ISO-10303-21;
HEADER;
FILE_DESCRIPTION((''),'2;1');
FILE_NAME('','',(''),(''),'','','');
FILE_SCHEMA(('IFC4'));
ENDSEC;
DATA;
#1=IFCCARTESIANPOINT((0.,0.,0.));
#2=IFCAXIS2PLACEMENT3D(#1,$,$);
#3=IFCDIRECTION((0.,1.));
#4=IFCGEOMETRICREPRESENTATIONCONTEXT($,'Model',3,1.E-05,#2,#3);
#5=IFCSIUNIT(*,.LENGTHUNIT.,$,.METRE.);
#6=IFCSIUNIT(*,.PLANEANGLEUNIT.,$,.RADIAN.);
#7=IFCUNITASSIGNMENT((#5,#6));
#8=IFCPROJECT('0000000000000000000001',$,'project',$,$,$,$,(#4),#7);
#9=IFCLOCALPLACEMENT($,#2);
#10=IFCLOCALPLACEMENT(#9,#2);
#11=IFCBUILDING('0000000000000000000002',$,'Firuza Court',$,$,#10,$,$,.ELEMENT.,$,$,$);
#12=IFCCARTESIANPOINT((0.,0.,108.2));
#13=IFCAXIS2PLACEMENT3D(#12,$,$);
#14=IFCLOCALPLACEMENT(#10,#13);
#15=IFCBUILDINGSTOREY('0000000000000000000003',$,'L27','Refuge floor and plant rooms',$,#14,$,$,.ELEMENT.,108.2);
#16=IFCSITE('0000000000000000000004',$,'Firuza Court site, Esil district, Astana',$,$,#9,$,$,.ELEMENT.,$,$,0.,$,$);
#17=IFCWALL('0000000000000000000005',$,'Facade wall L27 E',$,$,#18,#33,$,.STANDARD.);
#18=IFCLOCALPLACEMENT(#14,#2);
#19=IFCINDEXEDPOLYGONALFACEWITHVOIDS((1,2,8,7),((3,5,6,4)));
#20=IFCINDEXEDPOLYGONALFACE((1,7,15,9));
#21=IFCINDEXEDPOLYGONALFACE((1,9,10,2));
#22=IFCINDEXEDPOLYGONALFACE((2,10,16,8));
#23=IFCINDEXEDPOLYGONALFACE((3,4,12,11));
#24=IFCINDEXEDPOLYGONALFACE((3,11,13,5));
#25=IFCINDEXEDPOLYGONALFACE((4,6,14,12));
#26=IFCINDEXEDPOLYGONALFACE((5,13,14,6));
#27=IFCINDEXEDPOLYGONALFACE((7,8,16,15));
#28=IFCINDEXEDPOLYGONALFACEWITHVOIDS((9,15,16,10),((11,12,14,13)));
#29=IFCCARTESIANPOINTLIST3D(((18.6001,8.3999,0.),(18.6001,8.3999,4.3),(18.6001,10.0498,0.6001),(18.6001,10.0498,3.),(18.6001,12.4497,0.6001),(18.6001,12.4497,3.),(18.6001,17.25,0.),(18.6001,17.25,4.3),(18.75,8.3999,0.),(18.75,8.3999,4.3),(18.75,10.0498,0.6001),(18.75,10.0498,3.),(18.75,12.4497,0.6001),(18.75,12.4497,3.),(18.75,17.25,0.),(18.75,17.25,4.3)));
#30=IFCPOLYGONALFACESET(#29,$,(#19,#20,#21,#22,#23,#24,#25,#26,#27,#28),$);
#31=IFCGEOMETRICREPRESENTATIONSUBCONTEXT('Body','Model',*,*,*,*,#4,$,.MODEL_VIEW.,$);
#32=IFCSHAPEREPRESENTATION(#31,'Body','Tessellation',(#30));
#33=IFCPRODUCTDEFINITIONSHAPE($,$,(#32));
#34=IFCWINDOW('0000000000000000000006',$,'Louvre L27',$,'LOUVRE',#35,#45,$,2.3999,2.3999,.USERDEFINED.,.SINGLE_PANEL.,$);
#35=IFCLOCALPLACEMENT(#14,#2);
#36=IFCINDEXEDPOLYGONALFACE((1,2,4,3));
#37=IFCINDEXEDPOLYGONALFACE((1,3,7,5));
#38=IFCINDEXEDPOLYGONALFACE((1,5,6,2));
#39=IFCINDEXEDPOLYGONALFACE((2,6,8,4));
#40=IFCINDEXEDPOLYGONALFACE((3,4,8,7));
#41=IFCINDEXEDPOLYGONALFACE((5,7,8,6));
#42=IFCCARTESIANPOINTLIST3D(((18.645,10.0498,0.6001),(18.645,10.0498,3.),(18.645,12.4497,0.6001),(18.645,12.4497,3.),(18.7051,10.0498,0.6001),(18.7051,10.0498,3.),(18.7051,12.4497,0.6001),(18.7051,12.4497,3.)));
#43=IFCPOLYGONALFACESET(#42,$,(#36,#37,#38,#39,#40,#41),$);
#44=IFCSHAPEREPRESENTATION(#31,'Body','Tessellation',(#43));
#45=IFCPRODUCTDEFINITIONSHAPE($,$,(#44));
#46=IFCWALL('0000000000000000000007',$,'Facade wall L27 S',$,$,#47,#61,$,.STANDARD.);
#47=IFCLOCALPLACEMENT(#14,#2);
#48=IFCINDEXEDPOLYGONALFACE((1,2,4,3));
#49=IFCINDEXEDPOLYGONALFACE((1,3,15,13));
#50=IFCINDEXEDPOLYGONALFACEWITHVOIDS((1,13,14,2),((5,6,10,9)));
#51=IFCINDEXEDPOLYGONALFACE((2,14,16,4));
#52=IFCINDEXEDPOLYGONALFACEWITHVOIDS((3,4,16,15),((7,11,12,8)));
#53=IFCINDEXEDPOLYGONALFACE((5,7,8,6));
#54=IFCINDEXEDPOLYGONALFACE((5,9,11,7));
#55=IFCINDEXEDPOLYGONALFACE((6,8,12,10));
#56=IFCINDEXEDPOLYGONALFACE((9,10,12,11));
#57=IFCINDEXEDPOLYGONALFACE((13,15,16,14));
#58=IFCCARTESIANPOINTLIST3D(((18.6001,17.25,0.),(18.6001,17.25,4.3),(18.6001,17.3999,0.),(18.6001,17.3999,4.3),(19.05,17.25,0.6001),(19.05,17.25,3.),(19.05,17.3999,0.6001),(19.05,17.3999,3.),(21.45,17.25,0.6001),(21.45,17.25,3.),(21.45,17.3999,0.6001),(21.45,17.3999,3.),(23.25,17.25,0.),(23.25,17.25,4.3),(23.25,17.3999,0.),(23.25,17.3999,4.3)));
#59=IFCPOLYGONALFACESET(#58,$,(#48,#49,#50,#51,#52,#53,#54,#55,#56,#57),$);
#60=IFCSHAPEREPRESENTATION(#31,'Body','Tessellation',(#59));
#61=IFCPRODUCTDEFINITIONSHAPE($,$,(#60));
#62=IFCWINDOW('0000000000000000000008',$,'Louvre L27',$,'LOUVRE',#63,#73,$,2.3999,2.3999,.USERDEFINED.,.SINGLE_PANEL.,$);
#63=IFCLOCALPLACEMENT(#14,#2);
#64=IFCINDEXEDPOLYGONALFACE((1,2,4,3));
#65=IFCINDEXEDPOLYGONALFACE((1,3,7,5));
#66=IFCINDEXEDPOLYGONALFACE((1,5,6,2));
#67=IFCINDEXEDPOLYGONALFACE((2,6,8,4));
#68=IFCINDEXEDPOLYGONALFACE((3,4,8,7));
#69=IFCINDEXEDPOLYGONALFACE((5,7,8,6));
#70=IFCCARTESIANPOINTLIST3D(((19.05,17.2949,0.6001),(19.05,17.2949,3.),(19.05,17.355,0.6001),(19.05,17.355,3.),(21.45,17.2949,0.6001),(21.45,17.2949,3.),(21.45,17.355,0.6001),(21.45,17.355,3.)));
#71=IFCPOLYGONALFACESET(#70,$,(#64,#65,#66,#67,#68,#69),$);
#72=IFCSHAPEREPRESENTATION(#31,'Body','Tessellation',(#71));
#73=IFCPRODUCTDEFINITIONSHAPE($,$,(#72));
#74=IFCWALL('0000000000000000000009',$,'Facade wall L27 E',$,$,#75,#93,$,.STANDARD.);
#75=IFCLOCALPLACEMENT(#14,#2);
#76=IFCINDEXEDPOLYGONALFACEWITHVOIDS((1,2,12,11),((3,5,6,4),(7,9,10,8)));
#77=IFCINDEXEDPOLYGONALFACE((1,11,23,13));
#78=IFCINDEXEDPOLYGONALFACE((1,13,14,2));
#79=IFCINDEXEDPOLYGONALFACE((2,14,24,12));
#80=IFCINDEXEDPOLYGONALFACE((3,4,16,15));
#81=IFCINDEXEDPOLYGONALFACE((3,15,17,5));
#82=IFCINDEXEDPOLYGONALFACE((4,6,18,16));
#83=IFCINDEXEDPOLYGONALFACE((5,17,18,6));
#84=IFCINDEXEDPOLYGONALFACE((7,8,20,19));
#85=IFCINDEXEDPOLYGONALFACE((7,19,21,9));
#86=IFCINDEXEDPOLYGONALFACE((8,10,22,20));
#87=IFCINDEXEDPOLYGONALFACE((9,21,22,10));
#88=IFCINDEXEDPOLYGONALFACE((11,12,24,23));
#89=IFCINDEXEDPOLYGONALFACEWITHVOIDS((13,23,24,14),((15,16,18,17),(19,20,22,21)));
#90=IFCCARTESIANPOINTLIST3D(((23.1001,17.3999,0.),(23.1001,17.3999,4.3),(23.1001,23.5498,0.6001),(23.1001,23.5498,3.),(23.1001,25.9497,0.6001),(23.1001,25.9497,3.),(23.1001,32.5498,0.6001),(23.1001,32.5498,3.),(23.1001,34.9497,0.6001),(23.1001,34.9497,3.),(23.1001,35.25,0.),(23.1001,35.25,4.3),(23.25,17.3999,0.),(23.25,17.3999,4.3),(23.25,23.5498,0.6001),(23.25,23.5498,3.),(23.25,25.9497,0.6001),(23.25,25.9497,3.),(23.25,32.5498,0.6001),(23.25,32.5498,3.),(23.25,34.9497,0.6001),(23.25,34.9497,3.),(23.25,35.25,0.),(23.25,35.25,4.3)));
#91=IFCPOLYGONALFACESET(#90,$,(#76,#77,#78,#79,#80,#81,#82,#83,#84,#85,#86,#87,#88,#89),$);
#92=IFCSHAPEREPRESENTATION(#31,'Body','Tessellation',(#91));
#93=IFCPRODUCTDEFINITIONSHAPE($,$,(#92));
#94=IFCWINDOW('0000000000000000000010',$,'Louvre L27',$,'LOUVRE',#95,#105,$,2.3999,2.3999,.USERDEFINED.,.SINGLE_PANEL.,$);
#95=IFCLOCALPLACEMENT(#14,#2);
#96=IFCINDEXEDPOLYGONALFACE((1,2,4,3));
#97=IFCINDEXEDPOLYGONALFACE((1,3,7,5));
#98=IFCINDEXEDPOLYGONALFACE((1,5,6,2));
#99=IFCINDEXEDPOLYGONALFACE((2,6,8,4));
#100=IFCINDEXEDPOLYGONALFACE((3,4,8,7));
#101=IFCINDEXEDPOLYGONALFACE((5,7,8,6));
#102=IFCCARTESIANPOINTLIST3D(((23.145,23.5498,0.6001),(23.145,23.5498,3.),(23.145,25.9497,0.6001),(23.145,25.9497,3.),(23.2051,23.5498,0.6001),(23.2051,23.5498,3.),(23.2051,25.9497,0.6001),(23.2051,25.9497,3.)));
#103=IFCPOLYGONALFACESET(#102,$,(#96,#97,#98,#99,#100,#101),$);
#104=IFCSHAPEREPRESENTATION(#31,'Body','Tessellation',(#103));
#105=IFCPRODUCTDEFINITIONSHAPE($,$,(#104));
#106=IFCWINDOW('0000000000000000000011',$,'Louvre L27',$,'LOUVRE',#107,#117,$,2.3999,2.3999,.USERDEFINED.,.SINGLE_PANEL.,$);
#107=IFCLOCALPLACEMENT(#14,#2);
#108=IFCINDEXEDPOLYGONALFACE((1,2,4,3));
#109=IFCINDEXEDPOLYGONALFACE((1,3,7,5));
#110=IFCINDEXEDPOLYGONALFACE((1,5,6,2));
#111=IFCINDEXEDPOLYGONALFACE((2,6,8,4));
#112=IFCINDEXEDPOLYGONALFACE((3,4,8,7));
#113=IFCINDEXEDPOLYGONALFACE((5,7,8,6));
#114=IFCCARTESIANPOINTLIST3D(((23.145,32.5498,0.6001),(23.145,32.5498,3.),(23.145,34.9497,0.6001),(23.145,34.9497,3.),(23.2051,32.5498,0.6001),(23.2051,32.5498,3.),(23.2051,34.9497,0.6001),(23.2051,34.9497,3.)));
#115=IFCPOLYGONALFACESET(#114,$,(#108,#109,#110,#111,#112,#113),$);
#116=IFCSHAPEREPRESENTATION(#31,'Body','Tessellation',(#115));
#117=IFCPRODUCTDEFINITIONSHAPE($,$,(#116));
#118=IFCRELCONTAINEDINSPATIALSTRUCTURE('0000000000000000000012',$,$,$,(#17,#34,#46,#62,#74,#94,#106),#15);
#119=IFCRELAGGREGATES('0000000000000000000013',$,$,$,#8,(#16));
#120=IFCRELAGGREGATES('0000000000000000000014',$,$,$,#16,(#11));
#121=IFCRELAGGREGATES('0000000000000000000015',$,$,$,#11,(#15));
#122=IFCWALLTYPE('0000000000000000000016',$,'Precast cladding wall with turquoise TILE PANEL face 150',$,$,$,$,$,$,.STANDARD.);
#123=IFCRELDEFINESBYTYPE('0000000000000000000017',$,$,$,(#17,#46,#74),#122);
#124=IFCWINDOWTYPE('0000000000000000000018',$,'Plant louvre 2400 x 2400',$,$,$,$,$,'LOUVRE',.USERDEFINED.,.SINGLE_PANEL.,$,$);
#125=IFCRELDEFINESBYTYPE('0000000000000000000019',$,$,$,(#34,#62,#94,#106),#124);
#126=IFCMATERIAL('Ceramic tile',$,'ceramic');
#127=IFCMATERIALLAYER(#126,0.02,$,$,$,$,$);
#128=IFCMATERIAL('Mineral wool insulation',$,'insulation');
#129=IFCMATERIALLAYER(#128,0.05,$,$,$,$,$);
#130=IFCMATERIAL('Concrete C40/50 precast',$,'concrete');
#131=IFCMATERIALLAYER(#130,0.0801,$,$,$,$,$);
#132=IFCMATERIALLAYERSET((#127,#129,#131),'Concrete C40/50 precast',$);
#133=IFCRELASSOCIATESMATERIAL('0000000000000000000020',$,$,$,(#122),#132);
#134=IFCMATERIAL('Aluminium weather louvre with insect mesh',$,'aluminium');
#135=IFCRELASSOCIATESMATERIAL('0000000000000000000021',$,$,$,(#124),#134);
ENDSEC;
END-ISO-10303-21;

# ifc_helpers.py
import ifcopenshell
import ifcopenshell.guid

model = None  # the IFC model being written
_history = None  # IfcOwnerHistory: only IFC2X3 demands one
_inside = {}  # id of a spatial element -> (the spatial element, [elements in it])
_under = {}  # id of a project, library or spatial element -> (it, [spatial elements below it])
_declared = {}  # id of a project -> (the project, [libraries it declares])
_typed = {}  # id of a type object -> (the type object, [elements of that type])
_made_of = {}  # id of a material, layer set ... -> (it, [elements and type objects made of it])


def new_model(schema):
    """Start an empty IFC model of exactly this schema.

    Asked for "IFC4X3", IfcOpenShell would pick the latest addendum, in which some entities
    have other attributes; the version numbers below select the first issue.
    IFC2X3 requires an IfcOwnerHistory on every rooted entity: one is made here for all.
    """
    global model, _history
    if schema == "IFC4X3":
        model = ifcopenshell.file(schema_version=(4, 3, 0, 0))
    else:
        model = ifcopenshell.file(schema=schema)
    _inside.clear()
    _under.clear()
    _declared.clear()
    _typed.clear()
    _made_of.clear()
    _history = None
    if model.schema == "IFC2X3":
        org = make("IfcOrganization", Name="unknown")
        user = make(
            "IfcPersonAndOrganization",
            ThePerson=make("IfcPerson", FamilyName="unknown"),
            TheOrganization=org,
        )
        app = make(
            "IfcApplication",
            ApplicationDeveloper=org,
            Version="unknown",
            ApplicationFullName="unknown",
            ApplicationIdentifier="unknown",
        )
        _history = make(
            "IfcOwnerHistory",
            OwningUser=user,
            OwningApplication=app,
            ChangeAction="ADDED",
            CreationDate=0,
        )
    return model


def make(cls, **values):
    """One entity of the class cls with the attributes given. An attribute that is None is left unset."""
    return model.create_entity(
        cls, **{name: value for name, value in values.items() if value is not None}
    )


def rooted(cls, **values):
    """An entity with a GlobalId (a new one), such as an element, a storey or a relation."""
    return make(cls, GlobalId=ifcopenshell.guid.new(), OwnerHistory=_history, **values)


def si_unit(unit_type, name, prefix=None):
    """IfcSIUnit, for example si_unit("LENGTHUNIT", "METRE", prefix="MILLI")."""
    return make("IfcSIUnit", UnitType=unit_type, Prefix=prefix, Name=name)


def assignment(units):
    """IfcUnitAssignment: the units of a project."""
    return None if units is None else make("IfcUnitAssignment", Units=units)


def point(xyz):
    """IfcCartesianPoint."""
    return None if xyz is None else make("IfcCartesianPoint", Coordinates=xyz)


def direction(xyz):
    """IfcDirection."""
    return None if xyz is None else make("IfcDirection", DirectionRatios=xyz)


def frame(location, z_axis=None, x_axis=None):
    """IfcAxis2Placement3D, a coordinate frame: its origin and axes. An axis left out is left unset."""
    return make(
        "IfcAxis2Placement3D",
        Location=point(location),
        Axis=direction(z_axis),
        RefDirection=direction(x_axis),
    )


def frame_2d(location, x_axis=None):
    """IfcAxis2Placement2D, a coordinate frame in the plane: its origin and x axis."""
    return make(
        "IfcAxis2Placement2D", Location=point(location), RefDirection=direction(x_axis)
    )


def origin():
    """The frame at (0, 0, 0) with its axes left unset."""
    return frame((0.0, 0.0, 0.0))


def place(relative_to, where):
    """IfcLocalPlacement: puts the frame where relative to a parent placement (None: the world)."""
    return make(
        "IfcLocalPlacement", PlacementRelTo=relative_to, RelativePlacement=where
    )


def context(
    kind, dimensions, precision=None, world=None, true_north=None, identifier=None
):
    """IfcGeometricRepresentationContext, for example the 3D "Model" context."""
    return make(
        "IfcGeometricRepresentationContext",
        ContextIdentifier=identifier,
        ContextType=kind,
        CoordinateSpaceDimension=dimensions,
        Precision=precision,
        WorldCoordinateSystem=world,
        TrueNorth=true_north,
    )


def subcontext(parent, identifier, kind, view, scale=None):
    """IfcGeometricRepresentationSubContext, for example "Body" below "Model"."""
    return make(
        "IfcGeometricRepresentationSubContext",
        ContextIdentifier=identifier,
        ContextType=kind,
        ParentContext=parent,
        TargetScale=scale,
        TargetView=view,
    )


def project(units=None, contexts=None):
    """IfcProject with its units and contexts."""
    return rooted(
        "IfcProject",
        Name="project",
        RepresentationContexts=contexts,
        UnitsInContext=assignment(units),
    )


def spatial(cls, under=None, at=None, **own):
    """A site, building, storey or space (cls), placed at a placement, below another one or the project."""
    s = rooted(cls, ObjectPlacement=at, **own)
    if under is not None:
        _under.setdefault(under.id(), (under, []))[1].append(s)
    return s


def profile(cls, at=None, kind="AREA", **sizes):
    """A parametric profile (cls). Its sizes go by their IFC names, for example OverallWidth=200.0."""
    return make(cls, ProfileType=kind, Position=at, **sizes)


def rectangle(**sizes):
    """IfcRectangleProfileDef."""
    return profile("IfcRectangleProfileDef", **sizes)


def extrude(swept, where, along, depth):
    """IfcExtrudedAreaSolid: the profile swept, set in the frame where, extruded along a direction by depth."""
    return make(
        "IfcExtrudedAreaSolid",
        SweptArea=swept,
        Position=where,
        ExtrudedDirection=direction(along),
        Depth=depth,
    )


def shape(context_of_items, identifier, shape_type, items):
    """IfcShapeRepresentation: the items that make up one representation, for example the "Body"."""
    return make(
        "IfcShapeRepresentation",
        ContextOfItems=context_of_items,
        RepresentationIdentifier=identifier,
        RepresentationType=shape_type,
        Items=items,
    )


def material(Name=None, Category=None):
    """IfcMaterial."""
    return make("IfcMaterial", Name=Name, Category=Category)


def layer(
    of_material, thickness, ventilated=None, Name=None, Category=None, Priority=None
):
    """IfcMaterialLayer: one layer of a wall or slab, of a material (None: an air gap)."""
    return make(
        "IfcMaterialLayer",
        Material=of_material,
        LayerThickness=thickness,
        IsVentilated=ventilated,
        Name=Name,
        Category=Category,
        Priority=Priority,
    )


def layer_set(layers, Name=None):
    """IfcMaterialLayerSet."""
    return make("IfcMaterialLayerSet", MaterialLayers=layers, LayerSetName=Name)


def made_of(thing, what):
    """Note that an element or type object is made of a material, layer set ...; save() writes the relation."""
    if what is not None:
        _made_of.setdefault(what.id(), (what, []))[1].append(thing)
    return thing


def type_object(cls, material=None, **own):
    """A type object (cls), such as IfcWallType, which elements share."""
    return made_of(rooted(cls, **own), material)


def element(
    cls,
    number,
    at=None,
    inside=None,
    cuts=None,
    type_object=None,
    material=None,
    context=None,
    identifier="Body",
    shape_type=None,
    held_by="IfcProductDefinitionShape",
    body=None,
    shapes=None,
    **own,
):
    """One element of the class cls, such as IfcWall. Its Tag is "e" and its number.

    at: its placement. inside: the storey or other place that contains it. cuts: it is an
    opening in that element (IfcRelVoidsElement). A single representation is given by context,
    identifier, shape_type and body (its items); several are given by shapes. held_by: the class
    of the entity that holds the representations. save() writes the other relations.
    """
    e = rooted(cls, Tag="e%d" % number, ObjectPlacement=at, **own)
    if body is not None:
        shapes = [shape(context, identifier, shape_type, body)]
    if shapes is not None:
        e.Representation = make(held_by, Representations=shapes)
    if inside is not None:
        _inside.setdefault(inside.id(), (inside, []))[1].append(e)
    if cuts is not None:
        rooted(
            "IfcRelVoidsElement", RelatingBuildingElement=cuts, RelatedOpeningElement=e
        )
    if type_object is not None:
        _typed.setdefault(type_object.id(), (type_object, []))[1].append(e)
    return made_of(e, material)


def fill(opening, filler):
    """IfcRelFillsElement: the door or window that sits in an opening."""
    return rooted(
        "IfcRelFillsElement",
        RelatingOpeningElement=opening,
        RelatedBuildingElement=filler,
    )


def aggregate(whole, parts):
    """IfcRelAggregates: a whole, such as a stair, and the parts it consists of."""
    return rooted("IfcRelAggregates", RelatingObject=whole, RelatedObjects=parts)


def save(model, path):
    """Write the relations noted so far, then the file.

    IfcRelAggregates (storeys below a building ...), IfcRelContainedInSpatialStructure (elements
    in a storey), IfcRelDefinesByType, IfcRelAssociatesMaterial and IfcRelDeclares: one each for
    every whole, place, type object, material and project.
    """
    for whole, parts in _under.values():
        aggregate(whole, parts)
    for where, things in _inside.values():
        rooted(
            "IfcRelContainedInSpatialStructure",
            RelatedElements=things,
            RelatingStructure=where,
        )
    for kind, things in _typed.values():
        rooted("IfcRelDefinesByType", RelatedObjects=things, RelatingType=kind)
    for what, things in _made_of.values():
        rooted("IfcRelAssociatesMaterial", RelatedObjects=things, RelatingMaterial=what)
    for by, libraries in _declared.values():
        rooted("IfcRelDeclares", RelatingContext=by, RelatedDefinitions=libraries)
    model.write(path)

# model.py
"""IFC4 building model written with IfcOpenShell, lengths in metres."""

from ifc_helpers import new_model, si_unit, direction, frame, frame_2d, origin, place, context, subcontext, project, spatial, rectangle, extrude, material, layer, layer_set, type_object, element, fill, save


model = new_model("IFC4")

# Units and contexts
model_context = context("Model", 3, precision=1e-05, world=origin(), true_north=direction((0.0, 1.0)))
body_context = subcontext(model_context, "Body", "Model", "MODEL_VIEW")
ifc_project = project(units=[si_unit("LENGTHUNIT", "METRE"), si_unit("PLANEANGLEUNIT", "RADIAN")], contexts=[model_context])

# Site, building, storey
site_placement = place(None, origin())
site = spatial("IfcSite", under=ifc_project, at=site_placement, Name="Firuza Court site, Esil district, Astana", CompositionType="ELEMENT", RefElevation=0.0)
building_placement = place(site_placement, origin())
building = spatial("IfcBuilding", under=site, at=building_placement, Name="Firuza Court", CompositionType="ELEMENT")
storey_placement = place(building_placement, frame((0.0, 0.0, 108.2)))
storey = spatial("IfcBuildingStorey", under=building, at=storey_placement, Name="L27", Description="Refuge floor and plant rooms", CompositionType="ELEMENT", Elevation=108.2)

# Walls, openings, windows
ifc_material_1 = material(Name="Ceramic tile", Category="ceramic")
ifc_layer_1 = layer(ifc_material_1, 0.02)
ifc_material_2 = material(Name="Mineral wool insulation", Category="insulation")
ifc_layer_2 = layer(ifc_material_2, 0.05)
ifc_material_3 = material(Name="Concrete C40/50 precast", Category="concrete")
ifc_layer_3 = layer(ifc_material_3, 0.0801)
ifc_layer_set = layer_set([ifc_layer_1, ifc_layer_2, ifc_layer_3], Name="Concrete C40/50 precast")
wall_type = type_object("IfcWallType", Name="Precast cladding wall with turquoise TILE PANEL face 150", PredefinedType="STANDARD", material=ifc_layer_set)
wall_1_placement = place(storey_placement, frame((18.675, 8.3999, 0.0), z_axis=(0.0, 0.0, 1.0), x_axis=(0.0, 1.0, 0.0)))
wall_1 = element("IfcWall", 1, at=wall_1_placement, inside=storey, type_object=wall_type, Name="Facade wall L27 E", PredefinedType="STANDARD", context=body_context, shape_type="SweptSolid", body=[
    extrude(rectangle(XDim=8.8501, YDim=0.1499, at=frame_2d((4.425, 0.0))), origin(), (0.0, 0.0, 1.0), 4.3),
])
opening_1_placement = place(wall_1_placement, frame((1.6499, 0.0, 0.6001)))
opening_1 = element("IfcOpeningElement", 2, at=opening_1_placement, cuts=wall_1, PredefinedType="OPENING", context=body_context, shape_type="SweptSolid", body=[
    extrude(rectangle(XDim=2.3999, YDim=2.3999, at=frame_2d((1.2, 1.2))), frame((0.0, 0.0869, 0.0), z_axis=(0.0, -1.0, 0.0), x_axis=(1.0, 0.0, 0.0)), (0.0, 0.0, 1.0), 0.1738),
])
ifc_material_4 = material(Name="Aluminium weather louvre with insect mesh", Category="aluminium")
window_type = type_object("IfcWindowType", Name="Plant louvre 2400 x 2400", ElementType="LOUVRE", PartitioningType="SINGLE_PANEL", PredefinedType="USERDEFINED", material=ifc_material_4)
window_1_placement = place(opening_1_placement, origin())
window_1 = element("IfcWindow", 3, at=window_1_placement, inside=storey, type_object=window_type, Name="Louvre L27", ObjectType="LOUVRE", OverallHeight=2.3999, OverallWidth=2.3999, PartitioningType="SINGLE_PANEL", PredefinedType="USERDEFINED", context=body_context, shape_type="SweptSolid", body=[
    extrude(rectangle(XDim=2.3999, YDim=2.3999, at=frame_2d((1.2, 1.2))), frame((0.0, 0.03, 0.0), z_axis=(0.0, -1.0, 0.0), x_axis=(1.0, 0.0, 0.0)), (0.0, 0.0, 1.0), 0.0601),
])
fill(opening_1, window_1)
wall_2_placement = place(storey_placement, frame((18.6001, 17.325, 0.0), z_axis=(0.0, 0.0, 1.0), x_axis=(1.0, 0.0, 0.0)))
wall_2 = element("IfcWall", 4, at=wall_2_placement, inside=storey, type_object=wall_type, Name="Facade wall L27 S", PredefinedType="STANDARD", context=body_context, shape_type="SweptSolid", body=[
    extrude(rectangle(XDim=4.6499, YDim=0.1499, at=frame_2d((2.325, 0.0))), origin(), (0.0, 0.0, 1.0), 4.3),
])
opening_2_placement = place(wall_2_placement, frame((0.45, 0.0, 0.6001)))
opening_2 = element("IfcOpeningElement", 5, at=opening_2_placement, cuts=wall_2, PredefinedType="OPENING", context=body_context, shape_type="SweptSolid", body=[
    extrude(rectangle(XDim=2.3999, YDim=2.3999, at=frame_2d((1.2, 1.2))), frame((0.0, 0.0869, 0.0), z_axis=(0.0, -1.0, 0.0), x_axis=(1.0, 0.0, 0.0)), (0.0, 0.0, 1.0), 0.1738),
])
window_2_placement = place(opening_2_placement, origin())
window_2 = element("IfcWindow", 6, at=window_2_placement, inside=storey, type_object=window_type, Name="Louvre L27", ObjectType="LOUVRE", OverallHeight=2.3999, OverallWidth=2.3999, PartitioningType="SINGLE_PANEL", PredefinedType="USERDEFINED", context=body_context, shape_type="SweptSolid", body=[
    extrude(rectangle(XDim=2.3999, YDim=2.3999, at=frame_2d((1.2, 1.2))), frame((0.0, 0.03, 0.0), z_axis=(0.0, -1.0, 0.0), x_axis=(1.0, 0.0, 0.0)), (0.0, 0.0, 1.0), 0.0601),
])
fill(opening_2, window_2)

# Wall, openings, windows
wall_3_placement = place(storey_placement, frame((23.175, 17.3999, 0.0), z_axis=(0.0, 0.0, 1.0), x_axis=(0.0, 1.0, 0.0)))
wall_3 = element("IfcWall", 7, at=wall_3_placement, inside=storey, type_object=wall_type, Name="Facade wall L27 E", PredefinedType="STANDARD", context=body_context, shape_type="SweptSolid", body=[
    extrude(rectangle(XDim=17.8501, YDim=0.1499, at=frame_2d((8.925, 0.0))), origin(), (0.0, 0.0, 1.0), 4.3),
])
opening_3_placement = place(wall_3_placement, frame((6.1499, 0.0, 0.6001)))
opening_3 = element("IfcOpeningElement", 8, at=opening_3_placement, cuts=wall_3, PredefinedType="OPENING", context=body_context, shape_type="SweptSolid", body=[
    extrude(rectangle(XDim=2.3999, YDim=2.3999, at=frame_2d((1.2, 1.2))), frame((0.0, 0.0869, 0.0), z_axis=(0.0, -1.0, 0.0), x_axis=(1.0, 0.0, 0.0)), (0.0, 0.0, 1.0), 0.1738),
])
opening_4_placement = place(wall_3_placement, frame((15.1499, 0.0, 0.6001)))
opening_4 = element("IfcOpeningElement", 9, at=opening_4_placement, cuts=wall_3, PredefinedType="OPENING", context=body_context, shape_type="SweptSolid", body=[
    extrude(rectangle(XDim=2.3999, YDim=2.3999, at=frame_2d((1.2, 1.2))), frame((0.0, 0.0869, 0.0), z_axis=(0.0, -1.0, 0.0), x_axis=(1.0, 0.0, 0.0)), (0.0, 0.0, 1.0), 0.1738),
])
window_3_placement = place(opening_3_placement, origin())
window_3 = element("IfcWindow", 10, at=window_3_placement, inside=storey, type_object=window_type, Name="Louvre L27", ObjectType="LOUVRE", OverallHeight=2.3999, OverallWidth=2.3999, PartitioningType="SINGLE_PANEL", PredefinedType="USERDEFINED", context=body_context, shape_type="SweptSolid", body=[
    extrude(rectangle(XDim=2.3999, YDim=2.3999, at=frame_2d((1.2, 1.2))), frame((0.0, 0.03, 0.0), z_axis=(0.0, -1.0, 0.0), x_axis=(1.0, 0.0, 0.0)), (0.0, 0.0, 1.0), 0.0601),
])
fill(opening_3, window_3)
window_4_placement = place(opening_4_placement, origin())
window_4 = element("IfcWindow", 11, at=window_4_placement, inside=storey, type_object=window_type, Name="Louvre L27", ObjectType="LOUVRE", OverallHeight=2.3999, OverallWidth=2.3999, PartitioningType="SINGLE_PANEL", PredefinedType="USERDEFINED", context=body_context, shape_type="SweptSolid", body=[
    extrude(rectangle(XDim=2.3999, YDim=2.3999, at=frame_2d((1.2, 1.2))), frame((0.0, 0.03, 0.0), z_axis=(0.0, -1.0, 0.0), x_axis=(1.0, 0.0, 0.0)), (0.0, 0.0, 1.0), 0.0601),
])
fill(opening_4, window_4)

save(model, "model.ifc")
